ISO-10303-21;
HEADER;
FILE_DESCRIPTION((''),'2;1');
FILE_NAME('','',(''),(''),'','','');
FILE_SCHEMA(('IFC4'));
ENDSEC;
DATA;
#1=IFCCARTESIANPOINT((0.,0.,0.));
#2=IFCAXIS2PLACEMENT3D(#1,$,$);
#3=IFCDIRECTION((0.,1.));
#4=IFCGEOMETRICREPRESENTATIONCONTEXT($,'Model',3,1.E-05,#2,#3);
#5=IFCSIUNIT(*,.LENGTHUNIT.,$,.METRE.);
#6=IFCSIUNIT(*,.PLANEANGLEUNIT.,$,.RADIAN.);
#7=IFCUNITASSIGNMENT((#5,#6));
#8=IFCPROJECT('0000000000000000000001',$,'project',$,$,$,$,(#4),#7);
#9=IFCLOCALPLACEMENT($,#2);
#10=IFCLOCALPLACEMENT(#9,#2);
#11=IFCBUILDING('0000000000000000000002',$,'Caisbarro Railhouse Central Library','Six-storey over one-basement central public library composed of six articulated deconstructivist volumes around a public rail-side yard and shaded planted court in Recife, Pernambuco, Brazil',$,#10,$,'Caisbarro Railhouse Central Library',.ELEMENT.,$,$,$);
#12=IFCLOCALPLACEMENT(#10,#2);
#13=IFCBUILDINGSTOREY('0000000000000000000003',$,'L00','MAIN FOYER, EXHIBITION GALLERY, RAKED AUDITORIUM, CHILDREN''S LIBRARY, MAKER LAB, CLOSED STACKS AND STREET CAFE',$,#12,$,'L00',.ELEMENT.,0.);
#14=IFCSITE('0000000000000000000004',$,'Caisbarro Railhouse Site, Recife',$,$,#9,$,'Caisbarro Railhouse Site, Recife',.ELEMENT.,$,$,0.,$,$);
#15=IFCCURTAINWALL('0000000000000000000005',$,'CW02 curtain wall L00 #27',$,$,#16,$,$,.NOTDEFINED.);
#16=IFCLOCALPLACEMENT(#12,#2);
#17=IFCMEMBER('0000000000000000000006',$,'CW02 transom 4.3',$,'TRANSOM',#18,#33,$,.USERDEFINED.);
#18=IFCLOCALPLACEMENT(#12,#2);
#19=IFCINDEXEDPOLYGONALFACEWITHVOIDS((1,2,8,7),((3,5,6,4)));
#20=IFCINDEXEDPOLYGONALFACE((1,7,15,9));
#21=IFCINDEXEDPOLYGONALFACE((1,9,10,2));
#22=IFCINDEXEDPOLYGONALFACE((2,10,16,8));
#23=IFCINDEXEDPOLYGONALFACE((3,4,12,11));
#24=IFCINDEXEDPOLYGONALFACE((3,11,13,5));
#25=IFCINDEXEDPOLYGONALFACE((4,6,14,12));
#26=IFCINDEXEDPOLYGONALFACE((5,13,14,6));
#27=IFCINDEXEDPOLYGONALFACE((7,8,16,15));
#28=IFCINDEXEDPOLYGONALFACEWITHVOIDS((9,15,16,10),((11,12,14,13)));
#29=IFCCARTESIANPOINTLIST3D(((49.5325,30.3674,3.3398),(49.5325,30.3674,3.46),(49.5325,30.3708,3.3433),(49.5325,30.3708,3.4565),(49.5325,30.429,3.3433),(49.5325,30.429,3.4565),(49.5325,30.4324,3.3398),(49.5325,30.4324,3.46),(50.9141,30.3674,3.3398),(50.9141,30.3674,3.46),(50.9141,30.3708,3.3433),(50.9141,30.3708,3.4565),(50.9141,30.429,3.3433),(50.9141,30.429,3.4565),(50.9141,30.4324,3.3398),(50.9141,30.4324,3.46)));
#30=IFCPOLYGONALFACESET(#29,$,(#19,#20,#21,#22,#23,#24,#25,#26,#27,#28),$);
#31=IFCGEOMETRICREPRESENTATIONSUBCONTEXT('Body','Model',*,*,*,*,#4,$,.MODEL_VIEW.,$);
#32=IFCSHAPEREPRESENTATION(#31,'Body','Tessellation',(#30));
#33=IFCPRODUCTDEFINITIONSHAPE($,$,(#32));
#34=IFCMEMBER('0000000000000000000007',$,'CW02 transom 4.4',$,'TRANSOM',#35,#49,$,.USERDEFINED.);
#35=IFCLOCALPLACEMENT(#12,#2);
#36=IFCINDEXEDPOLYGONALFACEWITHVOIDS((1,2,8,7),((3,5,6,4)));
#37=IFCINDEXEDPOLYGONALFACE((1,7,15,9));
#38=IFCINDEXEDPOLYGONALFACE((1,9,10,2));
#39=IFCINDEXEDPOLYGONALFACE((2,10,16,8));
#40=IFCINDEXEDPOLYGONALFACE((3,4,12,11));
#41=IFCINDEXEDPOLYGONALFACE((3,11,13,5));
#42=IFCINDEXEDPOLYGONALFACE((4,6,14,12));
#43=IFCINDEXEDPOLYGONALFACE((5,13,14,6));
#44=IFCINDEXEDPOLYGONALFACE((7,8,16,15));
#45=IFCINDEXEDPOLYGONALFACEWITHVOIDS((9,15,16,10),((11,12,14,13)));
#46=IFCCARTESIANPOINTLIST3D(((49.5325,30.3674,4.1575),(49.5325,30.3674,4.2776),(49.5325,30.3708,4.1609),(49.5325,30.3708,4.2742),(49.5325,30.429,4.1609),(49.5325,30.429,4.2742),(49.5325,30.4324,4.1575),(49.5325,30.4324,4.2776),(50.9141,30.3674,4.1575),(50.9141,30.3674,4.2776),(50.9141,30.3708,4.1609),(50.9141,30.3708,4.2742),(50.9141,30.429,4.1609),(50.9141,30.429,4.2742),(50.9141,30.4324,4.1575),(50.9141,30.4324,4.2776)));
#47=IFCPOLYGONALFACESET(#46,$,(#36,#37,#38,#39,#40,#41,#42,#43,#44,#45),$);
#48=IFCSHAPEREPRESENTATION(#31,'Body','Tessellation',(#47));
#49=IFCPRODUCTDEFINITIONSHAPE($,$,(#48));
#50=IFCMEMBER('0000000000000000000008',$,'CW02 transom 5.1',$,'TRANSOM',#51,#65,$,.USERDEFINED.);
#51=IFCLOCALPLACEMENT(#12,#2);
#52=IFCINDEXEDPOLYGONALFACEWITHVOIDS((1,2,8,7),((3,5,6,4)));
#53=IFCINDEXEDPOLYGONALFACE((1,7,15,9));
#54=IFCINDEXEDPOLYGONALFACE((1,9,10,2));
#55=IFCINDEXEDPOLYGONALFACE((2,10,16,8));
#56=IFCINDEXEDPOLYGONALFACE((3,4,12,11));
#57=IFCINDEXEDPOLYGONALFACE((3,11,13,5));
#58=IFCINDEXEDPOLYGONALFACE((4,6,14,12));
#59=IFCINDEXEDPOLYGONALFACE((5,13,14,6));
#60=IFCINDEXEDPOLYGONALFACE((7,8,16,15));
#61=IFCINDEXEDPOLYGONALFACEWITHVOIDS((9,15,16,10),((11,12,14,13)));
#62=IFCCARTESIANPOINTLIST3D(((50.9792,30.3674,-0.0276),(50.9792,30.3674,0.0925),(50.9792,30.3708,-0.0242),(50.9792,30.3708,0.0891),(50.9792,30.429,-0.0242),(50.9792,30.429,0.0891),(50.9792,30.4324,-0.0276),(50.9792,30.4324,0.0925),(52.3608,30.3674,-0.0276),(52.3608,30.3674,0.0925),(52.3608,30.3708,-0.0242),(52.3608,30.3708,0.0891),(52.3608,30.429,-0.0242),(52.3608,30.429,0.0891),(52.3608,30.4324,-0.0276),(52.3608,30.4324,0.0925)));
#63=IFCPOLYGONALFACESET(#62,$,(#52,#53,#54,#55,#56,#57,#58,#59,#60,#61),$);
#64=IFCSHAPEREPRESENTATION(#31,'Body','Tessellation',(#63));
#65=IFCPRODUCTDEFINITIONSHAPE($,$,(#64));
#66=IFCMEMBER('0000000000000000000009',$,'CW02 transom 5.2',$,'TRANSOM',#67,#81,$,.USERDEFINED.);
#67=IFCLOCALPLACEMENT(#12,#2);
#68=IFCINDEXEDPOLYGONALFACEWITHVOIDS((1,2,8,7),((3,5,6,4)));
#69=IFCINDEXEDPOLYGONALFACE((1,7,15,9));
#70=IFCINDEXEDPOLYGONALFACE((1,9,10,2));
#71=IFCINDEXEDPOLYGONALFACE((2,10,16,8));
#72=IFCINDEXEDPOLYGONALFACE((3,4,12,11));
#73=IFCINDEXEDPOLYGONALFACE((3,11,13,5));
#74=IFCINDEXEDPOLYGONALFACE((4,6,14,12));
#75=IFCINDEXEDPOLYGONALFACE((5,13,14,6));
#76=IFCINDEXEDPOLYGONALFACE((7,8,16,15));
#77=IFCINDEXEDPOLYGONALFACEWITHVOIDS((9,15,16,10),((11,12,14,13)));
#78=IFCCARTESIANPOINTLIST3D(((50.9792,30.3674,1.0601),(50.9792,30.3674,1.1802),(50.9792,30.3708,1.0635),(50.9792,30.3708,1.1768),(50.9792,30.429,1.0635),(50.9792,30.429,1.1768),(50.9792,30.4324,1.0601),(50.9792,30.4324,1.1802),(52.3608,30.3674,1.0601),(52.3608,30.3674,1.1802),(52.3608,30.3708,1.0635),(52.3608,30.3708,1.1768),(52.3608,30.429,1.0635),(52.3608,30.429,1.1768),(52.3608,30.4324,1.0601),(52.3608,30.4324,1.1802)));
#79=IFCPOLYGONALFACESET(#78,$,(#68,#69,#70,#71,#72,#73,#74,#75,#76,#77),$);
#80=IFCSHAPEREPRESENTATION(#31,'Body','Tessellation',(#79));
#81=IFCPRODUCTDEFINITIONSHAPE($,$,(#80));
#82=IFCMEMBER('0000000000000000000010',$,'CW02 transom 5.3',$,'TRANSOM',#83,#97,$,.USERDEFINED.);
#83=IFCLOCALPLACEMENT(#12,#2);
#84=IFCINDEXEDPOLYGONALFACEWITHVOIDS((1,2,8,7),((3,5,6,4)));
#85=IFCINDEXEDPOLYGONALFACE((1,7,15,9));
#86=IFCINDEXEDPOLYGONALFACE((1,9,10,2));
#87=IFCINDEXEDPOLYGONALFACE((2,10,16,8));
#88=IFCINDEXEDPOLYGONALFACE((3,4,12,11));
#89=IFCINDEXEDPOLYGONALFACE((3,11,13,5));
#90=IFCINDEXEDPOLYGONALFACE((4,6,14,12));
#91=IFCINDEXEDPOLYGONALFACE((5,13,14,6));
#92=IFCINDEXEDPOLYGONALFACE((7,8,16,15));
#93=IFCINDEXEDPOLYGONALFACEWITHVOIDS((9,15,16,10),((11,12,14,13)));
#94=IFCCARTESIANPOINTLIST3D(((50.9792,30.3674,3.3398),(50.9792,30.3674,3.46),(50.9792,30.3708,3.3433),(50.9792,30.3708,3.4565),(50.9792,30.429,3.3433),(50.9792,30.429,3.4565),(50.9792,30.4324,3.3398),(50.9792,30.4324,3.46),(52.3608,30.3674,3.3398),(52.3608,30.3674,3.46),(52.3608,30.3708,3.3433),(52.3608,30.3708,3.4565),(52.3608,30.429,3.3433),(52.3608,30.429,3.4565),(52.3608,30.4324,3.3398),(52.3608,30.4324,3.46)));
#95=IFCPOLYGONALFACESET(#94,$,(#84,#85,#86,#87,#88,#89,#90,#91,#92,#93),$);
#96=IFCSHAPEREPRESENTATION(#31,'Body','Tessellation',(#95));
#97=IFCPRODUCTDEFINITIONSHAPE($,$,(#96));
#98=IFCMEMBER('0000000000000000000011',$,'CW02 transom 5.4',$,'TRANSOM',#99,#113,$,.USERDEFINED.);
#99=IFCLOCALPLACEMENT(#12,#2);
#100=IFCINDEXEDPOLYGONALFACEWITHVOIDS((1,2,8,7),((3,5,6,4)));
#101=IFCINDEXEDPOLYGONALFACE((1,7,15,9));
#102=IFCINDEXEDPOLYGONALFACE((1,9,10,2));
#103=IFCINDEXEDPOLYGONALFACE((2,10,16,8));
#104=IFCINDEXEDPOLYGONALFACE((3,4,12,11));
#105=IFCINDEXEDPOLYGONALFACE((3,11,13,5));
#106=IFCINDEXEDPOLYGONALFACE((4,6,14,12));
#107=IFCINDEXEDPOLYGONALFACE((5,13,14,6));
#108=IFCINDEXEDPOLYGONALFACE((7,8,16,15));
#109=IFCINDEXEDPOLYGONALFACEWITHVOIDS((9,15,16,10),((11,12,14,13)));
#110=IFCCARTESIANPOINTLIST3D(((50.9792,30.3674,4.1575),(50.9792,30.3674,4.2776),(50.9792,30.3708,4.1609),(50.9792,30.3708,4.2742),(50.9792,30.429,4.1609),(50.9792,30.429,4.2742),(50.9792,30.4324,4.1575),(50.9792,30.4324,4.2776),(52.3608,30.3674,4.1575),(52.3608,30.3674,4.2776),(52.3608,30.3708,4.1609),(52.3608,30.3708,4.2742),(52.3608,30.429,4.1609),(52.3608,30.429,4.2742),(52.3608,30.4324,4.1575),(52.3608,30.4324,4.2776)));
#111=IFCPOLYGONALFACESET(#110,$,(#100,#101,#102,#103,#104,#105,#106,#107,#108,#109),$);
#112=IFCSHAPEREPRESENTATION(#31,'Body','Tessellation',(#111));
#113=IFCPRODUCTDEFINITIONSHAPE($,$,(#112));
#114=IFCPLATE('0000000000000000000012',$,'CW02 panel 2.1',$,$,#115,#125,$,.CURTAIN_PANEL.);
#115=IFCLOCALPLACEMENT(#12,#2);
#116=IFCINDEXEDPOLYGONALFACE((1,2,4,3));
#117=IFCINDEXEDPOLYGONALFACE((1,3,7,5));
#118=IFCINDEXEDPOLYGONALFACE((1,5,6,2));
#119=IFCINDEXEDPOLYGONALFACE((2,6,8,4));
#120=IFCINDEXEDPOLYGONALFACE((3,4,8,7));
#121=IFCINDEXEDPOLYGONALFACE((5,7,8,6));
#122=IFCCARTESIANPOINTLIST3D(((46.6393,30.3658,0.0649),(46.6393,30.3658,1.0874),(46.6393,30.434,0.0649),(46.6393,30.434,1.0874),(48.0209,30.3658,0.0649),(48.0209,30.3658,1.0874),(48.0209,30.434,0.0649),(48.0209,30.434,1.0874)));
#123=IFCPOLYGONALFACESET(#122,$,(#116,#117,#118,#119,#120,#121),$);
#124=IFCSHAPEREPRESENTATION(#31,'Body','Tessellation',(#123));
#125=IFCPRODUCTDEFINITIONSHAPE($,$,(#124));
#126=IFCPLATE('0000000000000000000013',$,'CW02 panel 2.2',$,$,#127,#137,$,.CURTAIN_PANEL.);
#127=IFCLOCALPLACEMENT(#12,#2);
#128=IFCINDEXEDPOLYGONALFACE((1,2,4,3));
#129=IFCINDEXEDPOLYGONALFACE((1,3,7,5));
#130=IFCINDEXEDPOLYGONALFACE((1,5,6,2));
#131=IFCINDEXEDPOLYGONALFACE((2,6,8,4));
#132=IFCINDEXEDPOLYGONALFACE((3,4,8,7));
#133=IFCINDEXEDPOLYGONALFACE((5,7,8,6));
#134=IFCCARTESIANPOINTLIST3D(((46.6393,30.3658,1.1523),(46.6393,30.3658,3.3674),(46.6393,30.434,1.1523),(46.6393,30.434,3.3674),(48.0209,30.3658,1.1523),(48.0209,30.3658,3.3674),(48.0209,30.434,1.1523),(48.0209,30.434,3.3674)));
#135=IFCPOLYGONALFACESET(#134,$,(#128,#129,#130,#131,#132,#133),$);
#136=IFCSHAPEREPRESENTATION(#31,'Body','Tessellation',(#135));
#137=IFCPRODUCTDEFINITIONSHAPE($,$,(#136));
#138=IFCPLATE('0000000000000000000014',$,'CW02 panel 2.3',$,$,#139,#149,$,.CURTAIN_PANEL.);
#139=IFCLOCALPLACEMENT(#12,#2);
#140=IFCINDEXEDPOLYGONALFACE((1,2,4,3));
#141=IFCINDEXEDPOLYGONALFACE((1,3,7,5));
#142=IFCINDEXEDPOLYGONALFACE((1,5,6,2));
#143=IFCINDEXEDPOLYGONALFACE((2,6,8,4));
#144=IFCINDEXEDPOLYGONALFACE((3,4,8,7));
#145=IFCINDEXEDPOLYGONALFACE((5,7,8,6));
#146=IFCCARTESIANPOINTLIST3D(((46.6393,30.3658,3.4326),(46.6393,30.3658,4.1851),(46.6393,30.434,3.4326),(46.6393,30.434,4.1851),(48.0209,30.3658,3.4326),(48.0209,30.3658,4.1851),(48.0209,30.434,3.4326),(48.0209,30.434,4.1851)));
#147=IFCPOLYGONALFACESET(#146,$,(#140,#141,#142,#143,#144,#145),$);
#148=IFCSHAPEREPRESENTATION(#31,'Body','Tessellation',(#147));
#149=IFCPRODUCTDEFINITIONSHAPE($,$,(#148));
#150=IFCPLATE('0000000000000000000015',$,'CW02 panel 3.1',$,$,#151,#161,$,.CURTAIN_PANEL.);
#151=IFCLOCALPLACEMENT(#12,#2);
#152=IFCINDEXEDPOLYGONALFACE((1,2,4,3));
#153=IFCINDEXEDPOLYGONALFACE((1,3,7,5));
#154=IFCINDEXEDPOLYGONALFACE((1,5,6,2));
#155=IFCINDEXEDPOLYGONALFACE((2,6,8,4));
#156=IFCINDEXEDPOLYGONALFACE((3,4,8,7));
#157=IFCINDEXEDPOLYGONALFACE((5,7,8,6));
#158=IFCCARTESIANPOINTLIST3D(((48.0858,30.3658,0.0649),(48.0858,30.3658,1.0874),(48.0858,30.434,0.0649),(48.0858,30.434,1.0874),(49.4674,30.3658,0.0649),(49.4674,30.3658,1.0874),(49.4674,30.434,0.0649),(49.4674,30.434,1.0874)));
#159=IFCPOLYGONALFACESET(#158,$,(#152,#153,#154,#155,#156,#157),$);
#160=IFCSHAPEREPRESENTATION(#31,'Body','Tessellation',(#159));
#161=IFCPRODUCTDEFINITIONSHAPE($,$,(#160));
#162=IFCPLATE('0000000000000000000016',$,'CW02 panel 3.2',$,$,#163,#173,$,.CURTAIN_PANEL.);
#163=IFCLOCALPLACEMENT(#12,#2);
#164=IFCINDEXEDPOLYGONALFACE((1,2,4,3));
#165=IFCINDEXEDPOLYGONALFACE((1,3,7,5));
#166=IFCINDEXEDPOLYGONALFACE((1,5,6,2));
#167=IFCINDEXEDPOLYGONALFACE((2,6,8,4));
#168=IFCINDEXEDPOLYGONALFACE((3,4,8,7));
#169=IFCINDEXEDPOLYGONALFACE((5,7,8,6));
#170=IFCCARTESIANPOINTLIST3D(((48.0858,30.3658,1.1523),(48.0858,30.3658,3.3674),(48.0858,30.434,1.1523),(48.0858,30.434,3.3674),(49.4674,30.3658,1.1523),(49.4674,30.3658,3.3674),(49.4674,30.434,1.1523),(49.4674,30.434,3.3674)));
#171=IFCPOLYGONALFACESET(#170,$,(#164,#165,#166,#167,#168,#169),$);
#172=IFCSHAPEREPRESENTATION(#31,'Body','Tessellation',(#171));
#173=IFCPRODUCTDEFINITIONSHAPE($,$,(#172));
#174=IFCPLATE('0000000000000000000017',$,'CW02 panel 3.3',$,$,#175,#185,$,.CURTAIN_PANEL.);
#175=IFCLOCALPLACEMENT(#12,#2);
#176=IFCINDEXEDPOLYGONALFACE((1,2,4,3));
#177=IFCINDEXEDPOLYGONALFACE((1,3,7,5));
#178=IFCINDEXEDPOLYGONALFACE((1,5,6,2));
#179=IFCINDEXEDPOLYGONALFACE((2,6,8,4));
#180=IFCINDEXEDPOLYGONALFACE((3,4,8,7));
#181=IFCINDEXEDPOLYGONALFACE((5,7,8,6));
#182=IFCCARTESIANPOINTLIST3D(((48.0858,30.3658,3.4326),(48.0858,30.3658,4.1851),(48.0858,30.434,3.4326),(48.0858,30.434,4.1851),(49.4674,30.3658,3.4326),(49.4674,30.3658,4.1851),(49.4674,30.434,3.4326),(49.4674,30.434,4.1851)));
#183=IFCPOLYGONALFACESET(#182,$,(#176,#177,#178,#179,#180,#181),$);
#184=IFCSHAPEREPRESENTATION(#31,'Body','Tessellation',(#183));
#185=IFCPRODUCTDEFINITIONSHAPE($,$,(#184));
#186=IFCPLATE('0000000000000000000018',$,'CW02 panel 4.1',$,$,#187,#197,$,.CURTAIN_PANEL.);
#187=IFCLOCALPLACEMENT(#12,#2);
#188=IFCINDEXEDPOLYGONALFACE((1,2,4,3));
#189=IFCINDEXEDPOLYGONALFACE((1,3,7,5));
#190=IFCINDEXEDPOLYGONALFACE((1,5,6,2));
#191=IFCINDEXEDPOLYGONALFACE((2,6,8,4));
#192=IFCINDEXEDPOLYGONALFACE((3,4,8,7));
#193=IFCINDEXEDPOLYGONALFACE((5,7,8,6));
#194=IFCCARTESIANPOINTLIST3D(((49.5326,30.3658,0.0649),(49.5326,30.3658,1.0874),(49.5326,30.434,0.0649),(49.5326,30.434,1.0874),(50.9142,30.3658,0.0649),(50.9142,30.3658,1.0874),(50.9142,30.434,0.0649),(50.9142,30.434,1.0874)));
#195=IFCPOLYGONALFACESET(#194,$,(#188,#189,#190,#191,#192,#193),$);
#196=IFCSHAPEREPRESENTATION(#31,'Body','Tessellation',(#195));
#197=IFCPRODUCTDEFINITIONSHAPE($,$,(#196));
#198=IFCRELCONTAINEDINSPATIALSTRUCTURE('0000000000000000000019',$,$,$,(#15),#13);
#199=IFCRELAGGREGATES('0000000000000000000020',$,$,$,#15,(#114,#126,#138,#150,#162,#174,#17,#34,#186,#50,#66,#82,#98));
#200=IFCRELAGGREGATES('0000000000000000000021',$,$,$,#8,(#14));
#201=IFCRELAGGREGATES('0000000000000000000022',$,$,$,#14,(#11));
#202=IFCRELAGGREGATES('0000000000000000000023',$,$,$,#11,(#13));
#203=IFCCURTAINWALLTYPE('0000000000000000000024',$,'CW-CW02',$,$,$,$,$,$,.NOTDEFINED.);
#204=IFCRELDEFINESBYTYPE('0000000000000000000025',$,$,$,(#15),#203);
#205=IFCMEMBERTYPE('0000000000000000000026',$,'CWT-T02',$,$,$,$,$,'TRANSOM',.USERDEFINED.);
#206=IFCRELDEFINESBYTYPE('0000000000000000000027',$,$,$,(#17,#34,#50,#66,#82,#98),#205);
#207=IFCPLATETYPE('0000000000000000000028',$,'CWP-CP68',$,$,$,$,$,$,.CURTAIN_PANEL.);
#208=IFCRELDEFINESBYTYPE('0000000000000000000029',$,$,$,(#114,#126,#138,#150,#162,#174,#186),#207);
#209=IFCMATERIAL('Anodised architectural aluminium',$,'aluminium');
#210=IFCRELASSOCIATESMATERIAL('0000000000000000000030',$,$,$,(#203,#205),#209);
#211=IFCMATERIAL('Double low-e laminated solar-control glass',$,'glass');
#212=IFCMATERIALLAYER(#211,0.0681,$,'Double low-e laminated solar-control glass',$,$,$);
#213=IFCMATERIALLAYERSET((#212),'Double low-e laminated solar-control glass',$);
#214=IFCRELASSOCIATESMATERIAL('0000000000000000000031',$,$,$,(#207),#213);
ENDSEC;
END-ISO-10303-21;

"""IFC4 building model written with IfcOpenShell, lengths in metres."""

from ifc_helpers import new_model, si_unit, direction, frame, origin, origin_2d, place, context, subcontext, project, spatial, rectangle, hollow_rectangle, extrude, material, layer, layer_set, material_profile, profile_set, type_object, element, aggregate, save


model = new_model("IFC4")

# Units and contexts
model_context = context("Model", 3, precision=1e-05, world=origin(), true_north=direction((0.0, 1.0)))
body_context = subcontext(model_context, "Body", "Model", "MODEL_VIEW")
ifc_project = project(units=[si_unit("LENGTHUNIT", "METRE"), si_unit("PLANEANGLEUNIT", "RADIAN")], contexts=[model_context])

# Site, building, storey
site_placement = place(None, origin())
site = spatial("IfcSite", under=ifc_project, at=site_placement, Name="Caisbarro Railhouse Site, Recife", LongName="Caisbarro Railhouse Site, Recife", CompositionType="ELEMENT", RefElevation=0.0)
building_placement = place(site_placement, origin())
building = spatial("IfcBuilding", under=site, at=building_placement, Name="Caisbarro Railhouse Central Library", Description="Six-storey over one-basement central public library composed of six articulated deconstructivist volumes around a public rail-side yard and shaded planted court in Recife, Pernambuco, Brazil", LongName="Caisbarro Railhouse Central Library", CompositionType="ELEMENT")
storey_placement = place(building_placement, origin())
storey = spatial("IfcBuildingStorey", under=building, at=storey_placement, Name="L00", Description="MAIN FOYER, EXHIBITION GALLERY, RAKED AUDITORIUM, CHILDREN'S LIBRARY, MAKER LAB, CLOSED STACKS AND STREET CAFE", LongName="L00", CompositionType="ELEMENT", Elevation=0.0)

# Curtain wall, members, plates
ifc_material_1 = material(Name="Anodised architectural aluminium", Category="aluminium")
curtain_wall_type = type_object("IfcCurtainWallType", Name="CW-CW02", PredefinedType="NOTDEFINED", material=ifc_material_1)
curtain_wall_placement = place(storey_placement, origin())
curtain_wall = element("IfcCurtainWall", 1, at=curtain_wall_placement, inside=storey, type_object=curtain_wall_type, Name="CW02 curtain wall L00 #27", PredefinedType="NOTDEFINED")
ifc_material_profile_1 = material_profile(ifc_material_1, hollow_rectangle(XDim=0.0649, YDim=0.1201, WallThickness=0.0034, at=origin_2d()), Name="ALU-TRN-65X120")
ifc_profile_set_1 = profile_set([ifc_material_profile_1], Name="Anodised architectural aluminium")
member_type_1 = type_object("IfcMemberType", Name="CWT-T02", ElementType="TRANSOM", PredefinedType="USERDEFINED", material=ifc_profile_set_1)
member_1_placement = place(storey_placement, frame((49.5325, 30.3999, 3.3999), z_axis=(1.0, 0.0, 0.0), x_axis=(0.0, 1.0, 0.0)))
member_1 = element("IfcMember", 2, at=member_1_placement, type_object=member_type_1, Name="CW02 transom 4.3", ObjectType="TRANSOM", PredefinedType="USERDEFINED", context=body_context, shape_type="SweptSolid", body=[
    extrude(hollow_rectangle(XDim=0.0649, YDim=0.1201, WallThickness=0.0034, at=origin_2d()), origin(), (0.0, 0.0, 1.0), 1.3816),
])
member_2_placement = place(storey_placement, frame((49.5325, 30.3999, 4.2175), z_axis=(1.0, 0.0, 0.0), x_axis=(0.0, 1.0, 0.0)))
member_2 = element("IfcMember", 3, at=member_2_placement, type_object=member_type_1, Name="CW02 transom 4.4", ObjectType="TRANSOM", PredefinedType="USERDEFINED", context=body_context, shape_type="SweptSolid", body=[
    extrude(hollow_rectangle(XDim=0.0649, YDim=0.1201, WallThickness=0.0034, at=origin_2d()), origin(), (0.0, 0.0, 1.0), 1.3816),
])
member_3_placement = place(storey_placement, frame((50.9792, 30.3999, 0.0325), z_axis=(1.0, 0.0, 0.0), x_axis=(0.0, 1.0, 0.0)))
member_3 = element("IfcMember", 4, at=member_3_placement, type_object=member_type_1, Name="CW02 transom 5.1", ObjectType="TRANSOM", PredefinedType="USERDEFINED", context=body_context, shape_type="SweptSolid", body=[
    extrude(hollow_rectangle(XDim=0.0649, YDim=0.1201, WallThickness=0.0034, at=origin_2d()), origin(), (0.0, 0.0, 1.0), 1.3816),
])
member_4_placement = place(storey_placement, frame((50.9792, 30.3999, 1.1201), z_axis=(1.0, 0.0, 0.0), x_axis=(0.0, 1.0, 0.0)))
member_4 = element("IfcMember", 5, at=member_4_placement, type_object=member_type_1, Name="CW02 transom 5.2", ObjectType="TRANSOM", PredefinedType="USERDEFINED", context=body_context, shape_type="SweptSolid", body=[
    extrude(hollow_rectangle(XDim=0.0649, YDim=0.1201, WallThickness=0.0034, at=origin_2d()), origin(), (0.0, 0.0, 1.0), 1.3816),
])
member_5_placement = place(storey_placement, frame((50.9792, 30.3999, 3.3999), z_axis=(1.0, 0.0, 0.0), x_axis=(0.0, 1.0, 0.0)))
member_5 = element("IfcMember", 6, at=member_5_placement, type_object=member_type_1, Name="CW02 transom 5.3", ObjectType="TRANSOM", PredefinedType="USERDEFINED", context=body_context, shape_type="SweptSolid", body=[
    extrude(hollow_rectangle(XDim=0.0649, YDim=0.1201, WallThickness=0.0034, at=origin_2d()), origin(), (0.0, 0.0, 1.0), 1.3816),
])
member_6_placement = place(storey_placement, frame((50.9792, 30.3999, 4.2175), z_axis=(1.0, 0.0, 0.0), x_axis=(0.0, 1.0, 0.0)))
member_6 = element("IfcMember", 7, at=member_6_placement, type_object=member_type_1, Name="CW02 transom 5.4", ObjectType="TRANSOM", PredefinedType="USERDEFINED", context=body_context, shape_type="SweptSolid", body=[
    extrude(hollow_rectangle(XDim=0.0649, YDim=0.1201, WallThickness=0.0034, at=origin_2d()), origin(), (0.0, 0.0, 1.0), 1.3816),
])
ifc_material_2 = material(Name="Double low-e laminated solar-control glass", Category="glass")
ifc_layer = layer(ifc_material_2, 0.0681, Name="Double low-e laminated solar-control glass")
ifc_layer_set = layer_set([ifc_layer], Name="Double low-e laminated solar-control glass")
plate_type = type_object("IfcPlateType", Name="CWP-CP68", PredefinedType="CURTAIN_PANEL", material=ifc_layer_set)
plate_1_placement = place(storey_placement, frame((47.3301, 30.3999, 0.0649), z_axis=(0.0, 0.0, 1.0), x_axis=(1.0, 0.0, 0.0)))
plate_1 = element("IfcPlate", 8, at=plate_1_placement, type_object=plate_type, Name="CW02 panel 2.1", PredefinedType="CURTAIN_PANEL", context=body_context, shape_type="SweptSolid", body=[
    extrude(rectangle(XDim=1.3816, YDim=0.0681, at=origin_2d()), origin(), (0.0, 0.0, 1.0), 1.0225),
])
plate_2_placement = place(storey_placement, frame((47.3301, 30.3999, 1.1523), z_axis=(0.0, 0.0, 1.0), x_axis=(1.0, 0.0, 0.0)))
plate_2 = element("IfcPlate", 9, at=plate_2_placement, type_object=plate_type, Name="CW02 panel 2.2", PredefinedType="CURTAIN_PANEL", context=body_context, shape_type="SweptSolid", body=[
    extrude(rectangle(XDim=1.3816, YDim=0.0681, at=origin_2d()), origin(), (0.0, 0.0, 1.0), 2.2151),
])
plate_3_placement = place(storey_placement, frame((47.3301, 30.3999, 3.4326), z_axis=(0.0, 0.0, 1.0), x_axis=(1.0, 0.0, 0.0)))
plate_3 = element("IfcPlate", 10, at=plate_3_placement, type_object=plate_type, Name="CW02 panel 2.3", PredefinedType="CURTAIN_PANEL", context=body_context, shape_type="SweptSolid", body=[
    extrude(rectangle(XDim=1.3816, YDim=0.0681, at=origin_2d()), origin(), (0.0, 0.0, 1.0), 0.7524),
])
plate_4_placement = place(storey_placement, frame((48.7766, 30.3999, 0.0649), z_axis=(0.0, 0.0, 1.0), x_axis=(1.0, 0.0, 0.0)))
plate_4 = element("IfcPlate", 11, at=plate_4_placement, type_object=plate_type, Name="CW02 panel 3.1", PredefinedType="CURTAIN_PANEL", context=body_context, shape_type="SweptSolid", body=[
    extrude(rectangle(XDim=1.3816, YDim=0.0681, at=origin_2d()), origin(), (0.0, 0.0, 1.0), 1.0225),
])
plate_5_placement = place(storey_placement, frame((48.7766, 30.3999, 1.1523), z_axis=(0.0, 0.0, 1.0), x_axis=(1.0, 0.0, 0.0)))
plate_5 = element("IfcPlate", 12, at=plate_5_placement, type_object=plate_type, Name="CW02 panel 3.2", PredefinedType="CURTAIN_PANEL", context=body_context, shape_type="SweptSolid", body=[
    extrude(rectangle(XDim=1.3816, YDim=0.0681, at=origin_2d()), origin(), (0.0, 0.0, 1.0), 2.2151),
])
plate_6_placement = place(storey_placement, frame((48.7766, 30.3999, 3.4326), z_axis=(0.0, 0.0, 1.0), x_axis=(1.0, 0.0, 0.0)))
plate_6 = element("IfcPlate", 13, at=plate_6_placement, type_object=plate_type, Name="CW02 panel 3.3", PredefinedType="CURTAIN_PANEL", context=body_context, shape_type="SweptSolid", body=[
    extrude(rectangle(XDim=1.3816, YDim=0.0681, at=origin_2d()), origin(), (0.0, 0.0, 1.0), 0.7524),
])
plate_7_placement = place(storey_placement, frame((50.2234, 30.3999, 0.0649), z_axis=(0.0, 0.0, 1.0), x_axis=(1.0, 0.0, 0.0)))
plate_7 = element("IfcPlate", 14, at=plate_7_placement, type_object=plate_type, Name="CW02 panel 4.1", PredefinedType="CURTAIN_PANEL", context=body_context, shape_type="SweptSolid", body=[
    extrude(rectangle(XDim=1.3816, YDim=0.0681, at=origin_2d()), origin(), (0.0, 0.0, 1.0), 1.0225),
])
aggregate(curtain_wall, [plate_1, plate_2, plate_3, plate_4, plate_5, plate_6, member_1, member_2, plate_7, member_3, member_4, member_5, member_6])

save(model, "model.ifc")
